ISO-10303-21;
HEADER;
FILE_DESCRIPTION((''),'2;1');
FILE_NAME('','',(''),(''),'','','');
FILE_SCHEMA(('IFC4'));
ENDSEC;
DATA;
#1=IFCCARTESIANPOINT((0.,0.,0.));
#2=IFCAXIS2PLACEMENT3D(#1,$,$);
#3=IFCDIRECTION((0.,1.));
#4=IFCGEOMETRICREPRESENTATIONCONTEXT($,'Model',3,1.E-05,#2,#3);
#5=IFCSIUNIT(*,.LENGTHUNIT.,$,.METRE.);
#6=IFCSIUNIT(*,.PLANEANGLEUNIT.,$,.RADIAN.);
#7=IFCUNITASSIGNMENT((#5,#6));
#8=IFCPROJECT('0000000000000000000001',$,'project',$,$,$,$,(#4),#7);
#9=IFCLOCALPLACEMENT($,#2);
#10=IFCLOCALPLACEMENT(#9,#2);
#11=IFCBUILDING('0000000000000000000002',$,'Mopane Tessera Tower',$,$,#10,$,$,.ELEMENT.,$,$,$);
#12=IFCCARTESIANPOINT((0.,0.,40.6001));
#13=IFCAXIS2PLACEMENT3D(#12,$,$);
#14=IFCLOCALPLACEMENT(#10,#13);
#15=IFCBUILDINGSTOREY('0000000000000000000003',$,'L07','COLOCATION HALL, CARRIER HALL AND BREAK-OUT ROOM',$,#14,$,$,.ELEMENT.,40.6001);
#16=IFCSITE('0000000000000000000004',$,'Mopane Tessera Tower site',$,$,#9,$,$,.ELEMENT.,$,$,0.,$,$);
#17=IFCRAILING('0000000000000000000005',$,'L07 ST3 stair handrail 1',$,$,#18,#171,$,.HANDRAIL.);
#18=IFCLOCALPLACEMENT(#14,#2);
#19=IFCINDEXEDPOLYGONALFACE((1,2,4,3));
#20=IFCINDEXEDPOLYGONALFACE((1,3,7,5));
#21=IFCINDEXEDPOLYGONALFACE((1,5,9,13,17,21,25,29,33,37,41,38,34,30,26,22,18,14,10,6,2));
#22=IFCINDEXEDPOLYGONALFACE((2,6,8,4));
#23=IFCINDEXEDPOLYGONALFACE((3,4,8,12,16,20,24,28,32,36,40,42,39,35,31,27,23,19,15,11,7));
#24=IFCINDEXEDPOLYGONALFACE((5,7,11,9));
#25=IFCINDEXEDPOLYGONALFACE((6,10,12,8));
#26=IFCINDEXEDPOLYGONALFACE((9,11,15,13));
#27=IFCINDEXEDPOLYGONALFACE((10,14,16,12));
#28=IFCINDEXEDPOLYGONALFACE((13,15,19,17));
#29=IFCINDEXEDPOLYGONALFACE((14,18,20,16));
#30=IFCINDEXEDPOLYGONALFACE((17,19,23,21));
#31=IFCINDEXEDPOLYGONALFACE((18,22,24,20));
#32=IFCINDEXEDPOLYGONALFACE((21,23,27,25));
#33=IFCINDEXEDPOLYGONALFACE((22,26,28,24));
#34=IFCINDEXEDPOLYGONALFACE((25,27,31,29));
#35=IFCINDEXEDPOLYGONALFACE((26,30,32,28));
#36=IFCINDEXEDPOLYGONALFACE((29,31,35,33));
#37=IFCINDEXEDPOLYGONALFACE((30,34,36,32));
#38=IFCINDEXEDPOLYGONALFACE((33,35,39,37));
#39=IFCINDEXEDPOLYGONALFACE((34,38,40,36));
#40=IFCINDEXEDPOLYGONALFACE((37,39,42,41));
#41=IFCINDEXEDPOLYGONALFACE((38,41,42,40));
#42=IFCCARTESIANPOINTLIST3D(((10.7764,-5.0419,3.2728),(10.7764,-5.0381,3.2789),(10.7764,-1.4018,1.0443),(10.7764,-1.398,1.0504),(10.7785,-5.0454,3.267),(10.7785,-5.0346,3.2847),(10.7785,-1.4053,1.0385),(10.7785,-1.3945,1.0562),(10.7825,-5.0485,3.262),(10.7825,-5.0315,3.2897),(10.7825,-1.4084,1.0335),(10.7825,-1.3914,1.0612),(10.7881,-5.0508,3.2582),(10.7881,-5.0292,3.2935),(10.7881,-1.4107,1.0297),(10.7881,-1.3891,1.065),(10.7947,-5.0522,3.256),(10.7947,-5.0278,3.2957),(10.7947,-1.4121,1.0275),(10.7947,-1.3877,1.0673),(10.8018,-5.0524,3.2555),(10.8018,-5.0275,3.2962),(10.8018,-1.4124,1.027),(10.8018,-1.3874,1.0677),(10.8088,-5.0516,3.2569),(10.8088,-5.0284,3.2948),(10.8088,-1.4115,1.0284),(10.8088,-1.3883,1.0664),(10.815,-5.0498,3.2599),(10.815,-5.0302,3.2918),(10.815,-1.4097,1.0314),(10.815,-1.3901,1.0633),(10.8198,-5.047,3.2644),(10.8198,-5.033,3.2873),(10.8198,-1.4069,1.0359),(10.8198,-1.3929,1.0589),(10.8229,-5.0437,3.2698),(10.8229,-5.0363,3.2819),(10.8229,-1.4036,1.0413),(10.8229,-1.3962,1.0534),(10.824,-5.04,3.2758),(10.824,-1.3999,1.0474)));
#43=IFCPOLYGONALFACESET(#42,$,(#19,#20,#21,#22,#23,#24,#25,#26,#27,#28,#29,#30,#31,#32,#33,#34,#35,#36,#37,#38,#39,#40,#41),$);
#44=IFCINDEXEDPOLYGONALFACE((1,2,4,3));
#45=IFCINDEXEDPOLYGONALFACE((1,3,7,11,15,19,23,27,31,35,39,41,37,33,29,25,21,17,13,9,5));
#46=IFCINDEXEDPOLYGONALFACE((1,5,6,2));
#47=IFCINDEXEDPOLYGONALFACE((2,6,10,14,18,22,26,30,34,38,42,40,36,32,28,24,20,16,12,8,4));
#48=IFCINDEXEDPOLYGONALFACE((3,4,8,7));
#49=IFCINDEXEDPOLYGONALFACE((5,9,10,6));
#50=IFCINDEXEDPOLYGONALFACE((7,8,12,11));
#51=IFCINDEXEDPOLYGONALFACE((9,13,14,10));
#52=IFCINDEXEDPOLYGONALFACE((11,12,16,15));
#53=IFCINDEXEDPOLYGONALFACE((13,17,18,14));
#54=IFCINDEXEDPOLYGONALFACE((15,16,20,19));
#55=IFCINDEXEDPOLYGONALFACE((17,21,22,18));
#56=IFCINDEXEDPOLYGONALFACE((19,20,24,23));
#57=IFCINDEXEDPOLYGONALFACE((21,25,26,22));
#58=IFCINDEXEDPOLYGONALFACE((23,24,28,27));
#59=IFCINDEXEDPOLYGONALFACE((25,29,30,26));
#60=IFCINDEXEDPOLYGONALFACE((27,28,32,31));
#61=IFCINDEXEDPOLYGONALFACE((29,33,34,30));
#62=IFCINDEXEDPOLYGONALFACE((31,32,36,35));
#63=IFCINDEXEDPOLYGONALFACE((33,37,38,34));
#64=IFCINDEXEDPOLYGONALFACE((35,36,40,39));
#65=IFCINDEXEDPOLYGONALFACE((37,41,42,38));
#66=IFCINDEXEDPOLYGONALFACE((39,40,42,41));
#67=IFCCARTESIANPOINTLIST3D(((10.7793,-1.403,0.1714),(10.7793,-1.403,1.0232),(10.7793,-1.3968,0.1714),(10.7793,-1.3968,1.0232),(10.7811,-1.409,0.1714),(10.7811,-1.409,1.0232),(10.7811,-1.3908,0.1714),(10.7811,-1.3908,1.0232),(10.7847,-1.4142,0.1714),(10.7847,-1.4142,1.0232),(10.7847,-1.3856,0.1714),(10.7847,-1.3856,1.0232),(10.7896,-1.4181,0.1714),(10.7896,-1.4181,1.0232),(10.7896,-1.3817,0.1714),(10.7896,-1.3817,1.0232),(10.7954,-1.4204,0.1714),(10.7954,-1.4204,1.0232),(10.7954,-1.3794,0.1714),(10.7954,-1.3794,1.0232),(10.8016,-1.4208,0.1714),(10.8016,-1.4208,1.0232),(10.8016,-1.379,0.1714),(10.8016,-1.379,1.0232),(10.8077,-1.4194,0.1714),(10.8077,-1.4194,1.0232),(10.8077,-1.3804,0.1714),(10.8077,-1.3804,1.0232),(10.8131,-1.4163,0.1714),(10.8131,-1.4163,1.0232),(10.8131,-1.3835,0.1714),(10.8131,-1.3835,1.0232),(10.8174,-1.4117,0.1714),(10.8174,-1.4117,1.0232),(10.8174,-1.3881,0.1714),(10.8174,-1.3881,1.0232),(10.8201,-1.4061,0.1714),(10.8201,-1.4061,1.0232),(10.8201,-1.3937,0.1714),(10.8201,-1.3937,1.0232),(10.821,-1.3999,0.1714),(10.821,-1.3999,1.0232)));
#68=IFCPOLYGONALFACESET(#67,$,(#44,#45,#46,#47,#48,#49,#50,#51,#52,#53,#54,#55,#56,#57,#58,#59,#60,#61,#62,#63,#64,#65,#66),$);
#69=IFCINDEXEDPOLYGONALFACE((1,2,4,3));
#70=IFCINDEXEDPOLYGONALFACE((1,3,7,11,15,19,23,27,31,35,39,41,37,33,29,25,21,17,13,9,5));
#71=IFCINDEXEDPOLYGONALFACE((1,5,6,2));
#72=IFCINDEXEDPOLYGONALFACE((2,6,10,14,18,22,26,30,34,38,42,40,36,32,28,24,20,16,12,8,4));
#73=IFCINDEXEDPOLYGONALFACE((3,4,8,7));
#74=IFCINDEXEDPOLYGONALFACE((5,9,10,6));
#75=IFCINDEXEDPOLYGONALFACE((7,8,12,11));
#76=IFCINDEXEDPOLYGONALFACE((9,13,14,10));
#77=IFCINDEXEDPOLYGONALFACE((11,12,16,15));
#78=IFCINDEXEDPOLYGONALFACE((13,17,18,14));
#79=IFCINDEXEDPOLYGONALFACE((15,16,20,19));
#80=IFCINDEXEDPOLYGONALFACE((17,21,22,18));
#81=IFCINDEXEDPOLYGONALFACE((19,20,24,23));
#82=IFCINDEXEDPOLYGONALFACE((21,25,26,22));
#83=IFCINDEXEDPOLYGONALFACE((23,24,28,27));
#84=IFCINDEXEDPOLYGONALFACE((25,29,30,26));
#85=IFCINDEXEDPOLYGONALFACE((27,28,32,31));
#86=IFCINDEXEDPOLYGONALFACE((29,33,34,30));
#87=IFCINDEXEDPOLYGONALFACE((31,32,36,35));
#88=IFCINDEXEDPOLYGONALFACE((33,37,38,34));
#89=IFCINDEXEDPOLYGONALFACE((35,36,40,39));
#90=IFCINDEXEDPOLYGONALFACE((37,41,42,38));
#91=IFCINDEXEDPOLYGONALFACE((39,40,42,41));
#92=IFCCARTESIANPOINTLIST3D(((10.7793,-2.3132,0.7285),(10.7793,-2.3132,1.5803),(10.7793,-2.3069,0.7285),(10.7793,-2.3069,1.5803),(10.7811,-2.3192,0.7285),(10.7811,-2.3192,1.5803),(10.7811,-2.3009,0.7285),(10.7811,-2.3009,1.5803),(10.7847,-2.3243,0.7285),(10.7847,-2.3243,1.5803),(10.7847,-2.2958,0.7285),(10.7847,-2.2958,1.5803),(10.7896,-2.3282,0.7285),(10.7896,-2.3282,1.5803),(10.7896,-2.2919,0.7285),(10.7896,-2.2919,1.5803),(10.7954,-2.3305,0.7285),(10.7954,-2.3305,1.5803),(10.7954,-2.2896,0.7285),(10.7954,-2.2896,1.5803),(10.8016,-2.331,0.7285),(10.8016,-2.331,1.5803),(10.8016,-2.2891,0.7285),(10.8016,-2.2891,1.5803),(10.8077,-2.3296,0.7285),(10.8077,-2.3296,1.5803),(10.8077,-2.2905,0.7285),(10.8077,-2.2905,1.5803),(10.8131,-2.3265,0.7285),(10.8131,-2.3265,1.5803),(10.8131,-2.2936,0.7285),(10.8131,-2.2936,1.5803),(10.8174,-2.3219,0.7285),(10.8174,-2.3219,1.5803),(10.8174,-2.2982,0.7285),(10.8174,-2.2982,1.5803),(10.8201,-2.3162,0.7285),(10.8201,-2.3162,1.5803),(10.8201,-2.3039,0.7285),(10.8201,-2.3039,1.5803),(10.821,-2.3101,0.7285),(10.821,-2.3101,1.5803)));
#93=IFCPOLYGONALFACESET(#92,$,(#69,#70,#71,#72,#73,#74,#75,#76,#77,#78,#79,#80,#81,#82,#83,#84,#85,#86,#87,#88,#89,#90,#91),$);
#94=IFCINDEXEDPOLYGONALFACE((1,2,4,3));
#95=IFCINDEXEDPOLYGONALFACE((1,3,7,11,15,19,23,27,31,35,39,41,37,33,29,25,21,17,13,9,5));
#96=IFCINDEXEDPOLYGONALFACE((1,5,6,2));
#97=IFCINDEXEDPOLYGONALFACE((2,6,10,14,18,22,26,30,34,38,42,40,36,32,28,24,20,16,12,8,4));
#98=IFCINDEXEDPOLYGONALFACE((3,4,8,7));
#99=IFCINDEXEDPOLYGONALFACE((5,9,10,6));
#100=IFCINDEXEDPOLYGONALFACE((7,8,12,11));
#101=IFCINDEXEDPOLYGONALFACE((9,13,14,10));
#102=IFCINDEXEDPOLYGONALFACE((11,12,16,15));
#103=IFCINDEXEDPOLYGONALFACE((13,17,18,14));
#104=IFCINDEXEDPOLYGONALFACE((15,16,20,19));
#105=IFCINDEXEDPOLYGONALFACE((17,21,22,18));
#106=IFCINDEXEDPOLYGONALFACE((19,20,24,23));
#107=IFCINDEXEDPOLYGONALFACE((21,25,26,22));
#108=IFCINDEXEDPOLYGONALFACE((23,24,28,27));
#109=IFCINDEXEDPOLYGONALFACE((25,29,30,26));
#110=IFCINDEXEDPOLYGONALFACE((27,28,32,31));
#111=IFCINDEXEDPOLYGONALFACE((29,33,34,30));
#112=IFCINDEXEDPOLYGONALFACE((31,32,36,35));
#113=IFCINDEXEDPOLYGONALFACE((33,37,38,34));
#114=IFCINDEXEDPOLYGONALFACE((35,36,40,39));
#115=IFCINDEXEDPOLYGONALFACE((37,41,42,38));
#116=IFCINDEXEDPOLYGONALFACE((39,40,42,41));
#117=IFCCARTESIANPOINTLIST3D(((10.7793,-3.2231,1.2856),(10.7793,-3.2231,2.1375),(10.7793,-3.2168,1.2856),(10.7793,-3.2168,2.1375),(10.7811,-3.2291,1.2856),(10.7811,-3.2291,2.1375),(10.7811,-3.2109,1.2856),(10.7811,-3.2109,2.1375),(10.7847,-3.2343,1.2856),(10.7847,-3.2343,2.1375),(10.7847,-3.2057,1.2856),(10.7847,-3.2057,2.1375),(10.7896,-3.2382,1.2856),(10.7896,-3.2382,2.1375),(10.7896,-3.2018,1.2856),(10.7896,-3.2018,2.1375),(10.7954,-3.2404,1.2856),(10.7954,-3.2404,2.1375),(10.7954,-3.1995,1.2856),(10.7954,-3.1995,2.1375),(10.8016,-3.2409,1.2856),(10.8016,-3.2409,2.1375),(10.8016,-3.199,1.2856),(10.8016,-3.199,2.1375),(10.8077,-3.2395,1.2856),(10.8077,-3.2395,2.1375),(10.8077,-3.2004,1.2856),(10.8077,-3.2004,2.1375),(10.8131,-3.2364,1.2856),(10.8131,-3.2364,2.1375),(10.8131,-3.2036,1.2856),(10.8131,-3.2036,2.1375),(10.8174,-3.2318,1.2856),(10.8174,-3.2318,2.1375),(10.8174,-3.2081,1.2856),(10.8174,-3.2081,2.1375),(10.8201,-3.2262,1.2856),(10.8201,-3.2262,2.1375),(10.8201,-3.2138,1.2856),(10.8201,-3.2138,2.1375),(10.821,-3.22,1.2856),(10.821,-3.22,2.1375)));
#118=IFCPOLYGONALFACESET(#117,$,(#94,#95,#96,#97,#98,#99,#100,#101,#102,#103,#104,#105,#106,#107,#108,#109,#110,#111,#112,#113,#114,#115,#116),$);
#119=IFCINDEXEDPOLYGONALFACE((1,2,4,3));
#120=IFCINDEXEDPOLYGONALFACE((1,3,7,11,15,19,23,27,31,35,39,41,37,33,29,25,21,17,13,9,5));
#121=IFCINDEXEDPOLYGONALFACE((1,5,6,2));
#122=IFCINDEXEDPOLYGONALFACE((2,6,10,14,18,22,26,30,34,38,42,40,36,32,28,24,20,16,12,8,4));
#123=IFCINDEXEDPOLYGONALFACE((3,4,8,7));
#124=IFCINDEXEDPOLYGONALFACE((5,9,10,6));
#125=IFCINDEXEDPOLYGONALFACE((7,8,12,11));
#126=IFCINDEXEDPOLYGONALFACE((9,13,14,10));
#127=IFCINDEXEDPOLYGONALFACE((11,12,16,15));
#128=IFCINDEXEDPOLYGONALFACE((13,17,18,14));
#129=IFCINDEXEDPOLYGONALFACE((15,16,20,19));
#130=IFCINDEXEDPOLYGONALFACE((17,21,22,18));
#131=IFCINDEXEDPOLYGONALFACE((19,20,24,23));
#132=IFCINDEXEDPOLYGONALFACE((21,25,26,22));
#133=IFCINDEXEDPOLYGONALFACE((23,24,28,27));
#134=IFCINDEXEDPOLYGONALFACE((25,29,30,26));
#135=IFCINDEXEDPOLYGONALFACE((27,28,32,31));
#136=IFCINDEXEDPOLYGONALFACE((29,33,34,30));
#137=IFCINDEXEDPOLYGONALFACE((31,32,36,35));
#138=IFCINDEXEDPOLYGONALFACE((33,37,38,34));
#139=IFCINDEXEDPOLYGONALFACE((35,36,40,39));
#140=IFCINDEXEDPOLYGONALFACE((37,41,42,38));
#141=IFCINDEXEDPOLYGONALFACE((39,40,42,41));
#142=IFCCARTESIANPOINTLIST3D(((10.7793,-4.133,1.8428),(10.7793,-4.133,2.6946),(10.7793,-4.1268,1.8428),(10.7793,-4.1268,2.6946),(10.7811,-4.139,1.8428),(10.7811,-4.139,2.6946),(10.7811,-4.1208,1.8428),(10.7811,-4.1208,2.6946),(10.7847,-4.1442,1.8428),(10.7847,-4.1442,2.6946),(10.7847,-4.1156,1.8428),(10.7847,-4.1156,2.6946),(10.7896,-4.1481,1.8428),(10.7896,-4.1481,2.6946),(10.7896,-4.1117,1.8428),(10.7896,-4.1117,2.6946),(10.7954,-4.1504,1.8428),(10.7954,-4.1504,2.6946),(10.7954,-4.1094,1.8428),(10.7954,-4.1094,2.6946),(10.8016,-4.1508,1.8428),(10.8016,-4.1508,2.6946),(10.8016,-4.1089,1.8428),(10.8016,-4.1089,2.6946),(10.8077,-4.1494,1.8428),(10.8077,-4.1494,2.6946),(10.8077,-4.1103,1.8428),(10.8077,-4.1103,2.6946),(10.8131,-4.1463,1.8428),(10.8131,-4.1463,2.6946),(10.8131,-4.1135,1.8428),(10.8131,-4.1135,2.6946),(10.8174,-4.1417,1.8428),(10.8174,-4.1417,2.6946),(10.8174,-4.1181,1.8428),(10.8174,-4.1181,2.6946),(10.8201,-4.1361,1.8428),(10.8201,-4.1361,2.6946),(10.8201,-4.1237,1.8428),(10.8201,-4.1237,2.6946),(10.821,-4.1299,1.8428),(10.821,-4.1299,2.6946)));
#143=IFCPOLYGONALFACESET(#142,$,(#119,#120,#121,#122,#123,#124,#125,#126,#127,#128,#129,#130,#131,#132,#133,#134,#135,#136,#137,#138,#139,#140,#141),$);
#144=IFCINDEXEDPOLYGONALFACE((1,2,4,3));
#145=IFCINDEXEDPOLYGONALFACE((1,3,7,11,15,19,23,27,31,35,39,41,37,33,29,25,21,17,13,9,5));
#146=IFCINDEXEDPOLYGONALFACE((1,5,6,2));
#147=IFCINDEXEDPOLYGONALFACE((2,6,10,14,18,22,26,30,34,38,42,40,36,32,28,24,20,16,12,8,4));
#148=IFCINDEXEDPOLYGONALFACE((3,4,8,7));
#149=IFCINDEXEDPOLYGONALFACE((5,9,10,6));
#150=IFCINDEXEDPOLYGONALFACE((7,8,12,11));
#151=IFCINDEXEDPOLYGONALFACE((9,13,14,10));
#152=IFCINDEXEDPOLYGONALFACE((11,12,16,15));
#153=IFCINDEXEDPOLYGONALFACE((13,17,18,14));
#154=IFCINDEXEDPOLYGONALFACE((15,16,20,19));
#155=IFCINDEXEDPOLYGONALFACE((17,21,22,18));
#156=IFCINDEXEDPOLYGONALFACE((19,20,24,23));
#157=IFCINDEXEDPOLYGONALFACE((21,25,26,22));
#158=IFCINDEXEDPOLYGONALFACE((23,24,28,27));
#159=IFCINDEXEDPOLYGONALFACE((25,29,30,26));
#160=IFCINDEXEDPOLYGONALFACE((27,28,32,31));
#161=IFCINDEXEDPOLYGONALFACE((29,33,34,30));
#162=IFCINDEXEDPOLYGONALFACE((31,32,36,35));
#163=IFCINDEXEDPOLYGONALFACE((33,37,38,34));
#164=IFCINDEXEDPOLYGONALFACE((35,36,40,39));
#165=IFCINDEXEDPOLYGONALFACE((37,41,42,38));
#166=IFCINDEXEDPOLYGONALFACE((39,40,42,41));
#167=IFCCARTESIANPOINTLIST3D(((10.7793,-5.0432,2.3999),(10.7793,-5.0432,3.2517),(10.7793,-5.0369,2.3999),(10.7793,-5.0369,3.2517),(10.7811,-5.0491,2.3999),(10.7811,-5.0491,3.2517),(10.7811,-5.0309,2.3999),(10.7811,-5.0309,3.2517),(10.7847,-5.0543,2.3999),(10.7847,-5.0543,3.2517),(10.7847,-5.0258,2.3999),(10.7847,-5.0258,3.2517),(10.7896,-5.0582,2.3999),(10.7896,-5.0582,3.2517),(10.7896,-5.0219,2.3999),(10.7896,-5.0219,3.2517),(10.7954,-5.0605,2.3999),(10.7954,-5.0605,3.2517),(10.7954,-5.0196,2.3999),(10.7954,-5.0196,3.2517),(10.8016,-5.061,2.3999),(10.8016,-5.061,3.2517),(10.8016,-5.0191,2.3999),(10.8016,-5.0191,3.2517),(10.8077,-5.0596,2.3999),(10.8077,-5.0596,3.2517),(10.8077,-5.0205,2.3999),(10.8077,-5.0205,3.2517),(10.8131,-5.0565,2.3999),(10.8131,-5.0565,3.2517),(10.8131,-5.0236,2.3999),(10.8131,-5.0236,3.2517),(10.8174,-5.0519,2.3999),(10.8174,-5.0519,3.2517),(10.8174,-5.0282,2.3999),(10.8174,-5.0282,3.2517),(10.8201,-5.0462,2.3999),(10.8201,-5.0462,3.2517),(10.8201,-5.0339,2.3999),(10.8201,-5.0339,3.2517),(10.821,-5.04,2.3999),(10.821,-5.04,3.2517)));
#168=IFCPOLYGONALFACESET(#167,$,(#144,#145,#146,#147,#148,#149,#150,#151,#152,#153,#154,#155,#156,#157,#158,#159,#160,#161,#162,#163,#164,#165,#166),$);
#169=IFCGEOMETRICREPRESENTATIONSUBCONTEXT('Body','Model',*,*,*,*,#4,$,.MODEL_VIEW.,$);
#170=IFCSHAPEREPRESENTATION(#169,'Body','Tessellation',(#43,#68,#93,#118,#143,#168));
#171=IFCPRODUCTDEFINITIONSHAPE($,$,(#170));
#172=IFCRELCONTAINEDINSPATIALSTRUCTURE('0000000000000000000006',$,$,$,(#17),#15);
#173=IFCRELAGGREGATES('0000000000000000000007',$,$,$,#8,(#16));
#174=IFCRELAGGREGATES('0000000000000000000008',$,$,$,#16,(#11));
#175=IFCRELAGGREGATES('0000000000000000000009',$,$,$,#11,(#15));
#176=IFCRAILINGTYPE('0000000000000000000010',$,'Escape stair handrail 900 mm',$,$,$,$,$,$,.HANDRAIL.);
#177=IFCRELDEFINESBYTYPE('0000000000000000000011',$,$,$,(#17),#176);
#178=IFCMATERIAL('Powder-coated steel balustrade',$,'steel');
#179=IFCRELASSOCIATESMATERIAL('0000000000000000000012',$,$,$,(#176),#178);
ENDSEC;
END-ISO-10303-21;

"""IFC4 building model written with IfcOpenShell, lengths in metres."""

from ifc_helpers import new_model, si_unit, direction, frame, origin, origin_2d, place, context, subcontext, project, spatial, circle, extrude, material, type_object, element, save


model = new_model("IFC4")

# Units and contexts
model_context = context("Model", 3, precision=1e-05, world=origin(), true_north=direction((0.0, 1.0)))
body_context = subcontext(model_context, "Body", "Model", "MODEL_VIEW")
ifc_project = project(units=[si_unit("LENGTHUNIT", "METRE"), si_unit("PLANEANGLEUNIT", "RADIAN")], contexts=[model_context])

# Site, building, storey
site_placement = place(None, origin())
site = spatial("IfcSite", under=ifc_project, at=site_placement, Name="Mopane Tessera Tower site", CompositionType="ELEMENT", RefElevation=0.0)
building_placement = place(site_placement, origin())
building = spatial("IfcBuilding", under=site, at=building_placement, Name="Mopane Tessera Tower", CompositionType="ELEMENT")
storey_placement = place(building_placement, frame((0.0, 0.0, 40.6001)))
storey = spatial("IfcBuildingStorey", under=building, at=storey_placement, Name="L07", Description="COLOCATION HALL, CARRIER HALL AND BREAK-OUT ROOM", CompositionType="ELEMENT", Elevation=40.6001)

# Railing
ifc_material_1 = material(Name="Powder-coated steel balustrade", Category="steel")
railing_type_1 = type_object("IfcRailingType", Name="Escape stair handrail 900 mm", PredefinedType="HANDRAIL", material=ifc_material_1)
railing_1_placement = place(storey_placement, frame((10.8, -1.3999, 0.1714)))
element("IfcRailing", 1, at=railing_1_placement, inside=storey, type_object=railing_type_1, Name="L07 ST3 stair handrail 1", PredefinedType="HANDRAIL", context=body_context, shape_type="SweptSolid", body=[
    extrude(circle(Radius=0.0239, at=origin_2d()), frame((0.0, 0.0, 0.876), z_axis=(0.0, -0.852866, 0.52213), x_axis=(1.0, 0.0, 0.0)), (0.0, 0.0, 1.0), 4.2681),
    extrude(circle(Radius=0.021, at=origin_2d()), origin(), (0.0, 0.0, 1.0), 0.8518),
    extrude(circle(Radius=0.021, at=origin_2d()), frame((0.0, -0.9102, 0.5571)), (0.0, 0.0, 1.0), 0.8518),
    extrude(circle(Radius=0.021, at=origin_2d()), frame((0.0, -1.8201, 1.1143)), (0.0, 0.0, 1.0), 0.8518),
    extrude(circle(Radius=0.021, at=origin_2d()), frame((0.0, -2.73, 1.6714)), (0.0, 0.0, 1.0), 0.8518),
    extrude(circle(Radius=0.021, at=origin_2d()), frame((0.0, -3.6401, 2.2285)), (0.0, 0.0, 1.0), 0.8518),
])

save(model, "model.ifc")
